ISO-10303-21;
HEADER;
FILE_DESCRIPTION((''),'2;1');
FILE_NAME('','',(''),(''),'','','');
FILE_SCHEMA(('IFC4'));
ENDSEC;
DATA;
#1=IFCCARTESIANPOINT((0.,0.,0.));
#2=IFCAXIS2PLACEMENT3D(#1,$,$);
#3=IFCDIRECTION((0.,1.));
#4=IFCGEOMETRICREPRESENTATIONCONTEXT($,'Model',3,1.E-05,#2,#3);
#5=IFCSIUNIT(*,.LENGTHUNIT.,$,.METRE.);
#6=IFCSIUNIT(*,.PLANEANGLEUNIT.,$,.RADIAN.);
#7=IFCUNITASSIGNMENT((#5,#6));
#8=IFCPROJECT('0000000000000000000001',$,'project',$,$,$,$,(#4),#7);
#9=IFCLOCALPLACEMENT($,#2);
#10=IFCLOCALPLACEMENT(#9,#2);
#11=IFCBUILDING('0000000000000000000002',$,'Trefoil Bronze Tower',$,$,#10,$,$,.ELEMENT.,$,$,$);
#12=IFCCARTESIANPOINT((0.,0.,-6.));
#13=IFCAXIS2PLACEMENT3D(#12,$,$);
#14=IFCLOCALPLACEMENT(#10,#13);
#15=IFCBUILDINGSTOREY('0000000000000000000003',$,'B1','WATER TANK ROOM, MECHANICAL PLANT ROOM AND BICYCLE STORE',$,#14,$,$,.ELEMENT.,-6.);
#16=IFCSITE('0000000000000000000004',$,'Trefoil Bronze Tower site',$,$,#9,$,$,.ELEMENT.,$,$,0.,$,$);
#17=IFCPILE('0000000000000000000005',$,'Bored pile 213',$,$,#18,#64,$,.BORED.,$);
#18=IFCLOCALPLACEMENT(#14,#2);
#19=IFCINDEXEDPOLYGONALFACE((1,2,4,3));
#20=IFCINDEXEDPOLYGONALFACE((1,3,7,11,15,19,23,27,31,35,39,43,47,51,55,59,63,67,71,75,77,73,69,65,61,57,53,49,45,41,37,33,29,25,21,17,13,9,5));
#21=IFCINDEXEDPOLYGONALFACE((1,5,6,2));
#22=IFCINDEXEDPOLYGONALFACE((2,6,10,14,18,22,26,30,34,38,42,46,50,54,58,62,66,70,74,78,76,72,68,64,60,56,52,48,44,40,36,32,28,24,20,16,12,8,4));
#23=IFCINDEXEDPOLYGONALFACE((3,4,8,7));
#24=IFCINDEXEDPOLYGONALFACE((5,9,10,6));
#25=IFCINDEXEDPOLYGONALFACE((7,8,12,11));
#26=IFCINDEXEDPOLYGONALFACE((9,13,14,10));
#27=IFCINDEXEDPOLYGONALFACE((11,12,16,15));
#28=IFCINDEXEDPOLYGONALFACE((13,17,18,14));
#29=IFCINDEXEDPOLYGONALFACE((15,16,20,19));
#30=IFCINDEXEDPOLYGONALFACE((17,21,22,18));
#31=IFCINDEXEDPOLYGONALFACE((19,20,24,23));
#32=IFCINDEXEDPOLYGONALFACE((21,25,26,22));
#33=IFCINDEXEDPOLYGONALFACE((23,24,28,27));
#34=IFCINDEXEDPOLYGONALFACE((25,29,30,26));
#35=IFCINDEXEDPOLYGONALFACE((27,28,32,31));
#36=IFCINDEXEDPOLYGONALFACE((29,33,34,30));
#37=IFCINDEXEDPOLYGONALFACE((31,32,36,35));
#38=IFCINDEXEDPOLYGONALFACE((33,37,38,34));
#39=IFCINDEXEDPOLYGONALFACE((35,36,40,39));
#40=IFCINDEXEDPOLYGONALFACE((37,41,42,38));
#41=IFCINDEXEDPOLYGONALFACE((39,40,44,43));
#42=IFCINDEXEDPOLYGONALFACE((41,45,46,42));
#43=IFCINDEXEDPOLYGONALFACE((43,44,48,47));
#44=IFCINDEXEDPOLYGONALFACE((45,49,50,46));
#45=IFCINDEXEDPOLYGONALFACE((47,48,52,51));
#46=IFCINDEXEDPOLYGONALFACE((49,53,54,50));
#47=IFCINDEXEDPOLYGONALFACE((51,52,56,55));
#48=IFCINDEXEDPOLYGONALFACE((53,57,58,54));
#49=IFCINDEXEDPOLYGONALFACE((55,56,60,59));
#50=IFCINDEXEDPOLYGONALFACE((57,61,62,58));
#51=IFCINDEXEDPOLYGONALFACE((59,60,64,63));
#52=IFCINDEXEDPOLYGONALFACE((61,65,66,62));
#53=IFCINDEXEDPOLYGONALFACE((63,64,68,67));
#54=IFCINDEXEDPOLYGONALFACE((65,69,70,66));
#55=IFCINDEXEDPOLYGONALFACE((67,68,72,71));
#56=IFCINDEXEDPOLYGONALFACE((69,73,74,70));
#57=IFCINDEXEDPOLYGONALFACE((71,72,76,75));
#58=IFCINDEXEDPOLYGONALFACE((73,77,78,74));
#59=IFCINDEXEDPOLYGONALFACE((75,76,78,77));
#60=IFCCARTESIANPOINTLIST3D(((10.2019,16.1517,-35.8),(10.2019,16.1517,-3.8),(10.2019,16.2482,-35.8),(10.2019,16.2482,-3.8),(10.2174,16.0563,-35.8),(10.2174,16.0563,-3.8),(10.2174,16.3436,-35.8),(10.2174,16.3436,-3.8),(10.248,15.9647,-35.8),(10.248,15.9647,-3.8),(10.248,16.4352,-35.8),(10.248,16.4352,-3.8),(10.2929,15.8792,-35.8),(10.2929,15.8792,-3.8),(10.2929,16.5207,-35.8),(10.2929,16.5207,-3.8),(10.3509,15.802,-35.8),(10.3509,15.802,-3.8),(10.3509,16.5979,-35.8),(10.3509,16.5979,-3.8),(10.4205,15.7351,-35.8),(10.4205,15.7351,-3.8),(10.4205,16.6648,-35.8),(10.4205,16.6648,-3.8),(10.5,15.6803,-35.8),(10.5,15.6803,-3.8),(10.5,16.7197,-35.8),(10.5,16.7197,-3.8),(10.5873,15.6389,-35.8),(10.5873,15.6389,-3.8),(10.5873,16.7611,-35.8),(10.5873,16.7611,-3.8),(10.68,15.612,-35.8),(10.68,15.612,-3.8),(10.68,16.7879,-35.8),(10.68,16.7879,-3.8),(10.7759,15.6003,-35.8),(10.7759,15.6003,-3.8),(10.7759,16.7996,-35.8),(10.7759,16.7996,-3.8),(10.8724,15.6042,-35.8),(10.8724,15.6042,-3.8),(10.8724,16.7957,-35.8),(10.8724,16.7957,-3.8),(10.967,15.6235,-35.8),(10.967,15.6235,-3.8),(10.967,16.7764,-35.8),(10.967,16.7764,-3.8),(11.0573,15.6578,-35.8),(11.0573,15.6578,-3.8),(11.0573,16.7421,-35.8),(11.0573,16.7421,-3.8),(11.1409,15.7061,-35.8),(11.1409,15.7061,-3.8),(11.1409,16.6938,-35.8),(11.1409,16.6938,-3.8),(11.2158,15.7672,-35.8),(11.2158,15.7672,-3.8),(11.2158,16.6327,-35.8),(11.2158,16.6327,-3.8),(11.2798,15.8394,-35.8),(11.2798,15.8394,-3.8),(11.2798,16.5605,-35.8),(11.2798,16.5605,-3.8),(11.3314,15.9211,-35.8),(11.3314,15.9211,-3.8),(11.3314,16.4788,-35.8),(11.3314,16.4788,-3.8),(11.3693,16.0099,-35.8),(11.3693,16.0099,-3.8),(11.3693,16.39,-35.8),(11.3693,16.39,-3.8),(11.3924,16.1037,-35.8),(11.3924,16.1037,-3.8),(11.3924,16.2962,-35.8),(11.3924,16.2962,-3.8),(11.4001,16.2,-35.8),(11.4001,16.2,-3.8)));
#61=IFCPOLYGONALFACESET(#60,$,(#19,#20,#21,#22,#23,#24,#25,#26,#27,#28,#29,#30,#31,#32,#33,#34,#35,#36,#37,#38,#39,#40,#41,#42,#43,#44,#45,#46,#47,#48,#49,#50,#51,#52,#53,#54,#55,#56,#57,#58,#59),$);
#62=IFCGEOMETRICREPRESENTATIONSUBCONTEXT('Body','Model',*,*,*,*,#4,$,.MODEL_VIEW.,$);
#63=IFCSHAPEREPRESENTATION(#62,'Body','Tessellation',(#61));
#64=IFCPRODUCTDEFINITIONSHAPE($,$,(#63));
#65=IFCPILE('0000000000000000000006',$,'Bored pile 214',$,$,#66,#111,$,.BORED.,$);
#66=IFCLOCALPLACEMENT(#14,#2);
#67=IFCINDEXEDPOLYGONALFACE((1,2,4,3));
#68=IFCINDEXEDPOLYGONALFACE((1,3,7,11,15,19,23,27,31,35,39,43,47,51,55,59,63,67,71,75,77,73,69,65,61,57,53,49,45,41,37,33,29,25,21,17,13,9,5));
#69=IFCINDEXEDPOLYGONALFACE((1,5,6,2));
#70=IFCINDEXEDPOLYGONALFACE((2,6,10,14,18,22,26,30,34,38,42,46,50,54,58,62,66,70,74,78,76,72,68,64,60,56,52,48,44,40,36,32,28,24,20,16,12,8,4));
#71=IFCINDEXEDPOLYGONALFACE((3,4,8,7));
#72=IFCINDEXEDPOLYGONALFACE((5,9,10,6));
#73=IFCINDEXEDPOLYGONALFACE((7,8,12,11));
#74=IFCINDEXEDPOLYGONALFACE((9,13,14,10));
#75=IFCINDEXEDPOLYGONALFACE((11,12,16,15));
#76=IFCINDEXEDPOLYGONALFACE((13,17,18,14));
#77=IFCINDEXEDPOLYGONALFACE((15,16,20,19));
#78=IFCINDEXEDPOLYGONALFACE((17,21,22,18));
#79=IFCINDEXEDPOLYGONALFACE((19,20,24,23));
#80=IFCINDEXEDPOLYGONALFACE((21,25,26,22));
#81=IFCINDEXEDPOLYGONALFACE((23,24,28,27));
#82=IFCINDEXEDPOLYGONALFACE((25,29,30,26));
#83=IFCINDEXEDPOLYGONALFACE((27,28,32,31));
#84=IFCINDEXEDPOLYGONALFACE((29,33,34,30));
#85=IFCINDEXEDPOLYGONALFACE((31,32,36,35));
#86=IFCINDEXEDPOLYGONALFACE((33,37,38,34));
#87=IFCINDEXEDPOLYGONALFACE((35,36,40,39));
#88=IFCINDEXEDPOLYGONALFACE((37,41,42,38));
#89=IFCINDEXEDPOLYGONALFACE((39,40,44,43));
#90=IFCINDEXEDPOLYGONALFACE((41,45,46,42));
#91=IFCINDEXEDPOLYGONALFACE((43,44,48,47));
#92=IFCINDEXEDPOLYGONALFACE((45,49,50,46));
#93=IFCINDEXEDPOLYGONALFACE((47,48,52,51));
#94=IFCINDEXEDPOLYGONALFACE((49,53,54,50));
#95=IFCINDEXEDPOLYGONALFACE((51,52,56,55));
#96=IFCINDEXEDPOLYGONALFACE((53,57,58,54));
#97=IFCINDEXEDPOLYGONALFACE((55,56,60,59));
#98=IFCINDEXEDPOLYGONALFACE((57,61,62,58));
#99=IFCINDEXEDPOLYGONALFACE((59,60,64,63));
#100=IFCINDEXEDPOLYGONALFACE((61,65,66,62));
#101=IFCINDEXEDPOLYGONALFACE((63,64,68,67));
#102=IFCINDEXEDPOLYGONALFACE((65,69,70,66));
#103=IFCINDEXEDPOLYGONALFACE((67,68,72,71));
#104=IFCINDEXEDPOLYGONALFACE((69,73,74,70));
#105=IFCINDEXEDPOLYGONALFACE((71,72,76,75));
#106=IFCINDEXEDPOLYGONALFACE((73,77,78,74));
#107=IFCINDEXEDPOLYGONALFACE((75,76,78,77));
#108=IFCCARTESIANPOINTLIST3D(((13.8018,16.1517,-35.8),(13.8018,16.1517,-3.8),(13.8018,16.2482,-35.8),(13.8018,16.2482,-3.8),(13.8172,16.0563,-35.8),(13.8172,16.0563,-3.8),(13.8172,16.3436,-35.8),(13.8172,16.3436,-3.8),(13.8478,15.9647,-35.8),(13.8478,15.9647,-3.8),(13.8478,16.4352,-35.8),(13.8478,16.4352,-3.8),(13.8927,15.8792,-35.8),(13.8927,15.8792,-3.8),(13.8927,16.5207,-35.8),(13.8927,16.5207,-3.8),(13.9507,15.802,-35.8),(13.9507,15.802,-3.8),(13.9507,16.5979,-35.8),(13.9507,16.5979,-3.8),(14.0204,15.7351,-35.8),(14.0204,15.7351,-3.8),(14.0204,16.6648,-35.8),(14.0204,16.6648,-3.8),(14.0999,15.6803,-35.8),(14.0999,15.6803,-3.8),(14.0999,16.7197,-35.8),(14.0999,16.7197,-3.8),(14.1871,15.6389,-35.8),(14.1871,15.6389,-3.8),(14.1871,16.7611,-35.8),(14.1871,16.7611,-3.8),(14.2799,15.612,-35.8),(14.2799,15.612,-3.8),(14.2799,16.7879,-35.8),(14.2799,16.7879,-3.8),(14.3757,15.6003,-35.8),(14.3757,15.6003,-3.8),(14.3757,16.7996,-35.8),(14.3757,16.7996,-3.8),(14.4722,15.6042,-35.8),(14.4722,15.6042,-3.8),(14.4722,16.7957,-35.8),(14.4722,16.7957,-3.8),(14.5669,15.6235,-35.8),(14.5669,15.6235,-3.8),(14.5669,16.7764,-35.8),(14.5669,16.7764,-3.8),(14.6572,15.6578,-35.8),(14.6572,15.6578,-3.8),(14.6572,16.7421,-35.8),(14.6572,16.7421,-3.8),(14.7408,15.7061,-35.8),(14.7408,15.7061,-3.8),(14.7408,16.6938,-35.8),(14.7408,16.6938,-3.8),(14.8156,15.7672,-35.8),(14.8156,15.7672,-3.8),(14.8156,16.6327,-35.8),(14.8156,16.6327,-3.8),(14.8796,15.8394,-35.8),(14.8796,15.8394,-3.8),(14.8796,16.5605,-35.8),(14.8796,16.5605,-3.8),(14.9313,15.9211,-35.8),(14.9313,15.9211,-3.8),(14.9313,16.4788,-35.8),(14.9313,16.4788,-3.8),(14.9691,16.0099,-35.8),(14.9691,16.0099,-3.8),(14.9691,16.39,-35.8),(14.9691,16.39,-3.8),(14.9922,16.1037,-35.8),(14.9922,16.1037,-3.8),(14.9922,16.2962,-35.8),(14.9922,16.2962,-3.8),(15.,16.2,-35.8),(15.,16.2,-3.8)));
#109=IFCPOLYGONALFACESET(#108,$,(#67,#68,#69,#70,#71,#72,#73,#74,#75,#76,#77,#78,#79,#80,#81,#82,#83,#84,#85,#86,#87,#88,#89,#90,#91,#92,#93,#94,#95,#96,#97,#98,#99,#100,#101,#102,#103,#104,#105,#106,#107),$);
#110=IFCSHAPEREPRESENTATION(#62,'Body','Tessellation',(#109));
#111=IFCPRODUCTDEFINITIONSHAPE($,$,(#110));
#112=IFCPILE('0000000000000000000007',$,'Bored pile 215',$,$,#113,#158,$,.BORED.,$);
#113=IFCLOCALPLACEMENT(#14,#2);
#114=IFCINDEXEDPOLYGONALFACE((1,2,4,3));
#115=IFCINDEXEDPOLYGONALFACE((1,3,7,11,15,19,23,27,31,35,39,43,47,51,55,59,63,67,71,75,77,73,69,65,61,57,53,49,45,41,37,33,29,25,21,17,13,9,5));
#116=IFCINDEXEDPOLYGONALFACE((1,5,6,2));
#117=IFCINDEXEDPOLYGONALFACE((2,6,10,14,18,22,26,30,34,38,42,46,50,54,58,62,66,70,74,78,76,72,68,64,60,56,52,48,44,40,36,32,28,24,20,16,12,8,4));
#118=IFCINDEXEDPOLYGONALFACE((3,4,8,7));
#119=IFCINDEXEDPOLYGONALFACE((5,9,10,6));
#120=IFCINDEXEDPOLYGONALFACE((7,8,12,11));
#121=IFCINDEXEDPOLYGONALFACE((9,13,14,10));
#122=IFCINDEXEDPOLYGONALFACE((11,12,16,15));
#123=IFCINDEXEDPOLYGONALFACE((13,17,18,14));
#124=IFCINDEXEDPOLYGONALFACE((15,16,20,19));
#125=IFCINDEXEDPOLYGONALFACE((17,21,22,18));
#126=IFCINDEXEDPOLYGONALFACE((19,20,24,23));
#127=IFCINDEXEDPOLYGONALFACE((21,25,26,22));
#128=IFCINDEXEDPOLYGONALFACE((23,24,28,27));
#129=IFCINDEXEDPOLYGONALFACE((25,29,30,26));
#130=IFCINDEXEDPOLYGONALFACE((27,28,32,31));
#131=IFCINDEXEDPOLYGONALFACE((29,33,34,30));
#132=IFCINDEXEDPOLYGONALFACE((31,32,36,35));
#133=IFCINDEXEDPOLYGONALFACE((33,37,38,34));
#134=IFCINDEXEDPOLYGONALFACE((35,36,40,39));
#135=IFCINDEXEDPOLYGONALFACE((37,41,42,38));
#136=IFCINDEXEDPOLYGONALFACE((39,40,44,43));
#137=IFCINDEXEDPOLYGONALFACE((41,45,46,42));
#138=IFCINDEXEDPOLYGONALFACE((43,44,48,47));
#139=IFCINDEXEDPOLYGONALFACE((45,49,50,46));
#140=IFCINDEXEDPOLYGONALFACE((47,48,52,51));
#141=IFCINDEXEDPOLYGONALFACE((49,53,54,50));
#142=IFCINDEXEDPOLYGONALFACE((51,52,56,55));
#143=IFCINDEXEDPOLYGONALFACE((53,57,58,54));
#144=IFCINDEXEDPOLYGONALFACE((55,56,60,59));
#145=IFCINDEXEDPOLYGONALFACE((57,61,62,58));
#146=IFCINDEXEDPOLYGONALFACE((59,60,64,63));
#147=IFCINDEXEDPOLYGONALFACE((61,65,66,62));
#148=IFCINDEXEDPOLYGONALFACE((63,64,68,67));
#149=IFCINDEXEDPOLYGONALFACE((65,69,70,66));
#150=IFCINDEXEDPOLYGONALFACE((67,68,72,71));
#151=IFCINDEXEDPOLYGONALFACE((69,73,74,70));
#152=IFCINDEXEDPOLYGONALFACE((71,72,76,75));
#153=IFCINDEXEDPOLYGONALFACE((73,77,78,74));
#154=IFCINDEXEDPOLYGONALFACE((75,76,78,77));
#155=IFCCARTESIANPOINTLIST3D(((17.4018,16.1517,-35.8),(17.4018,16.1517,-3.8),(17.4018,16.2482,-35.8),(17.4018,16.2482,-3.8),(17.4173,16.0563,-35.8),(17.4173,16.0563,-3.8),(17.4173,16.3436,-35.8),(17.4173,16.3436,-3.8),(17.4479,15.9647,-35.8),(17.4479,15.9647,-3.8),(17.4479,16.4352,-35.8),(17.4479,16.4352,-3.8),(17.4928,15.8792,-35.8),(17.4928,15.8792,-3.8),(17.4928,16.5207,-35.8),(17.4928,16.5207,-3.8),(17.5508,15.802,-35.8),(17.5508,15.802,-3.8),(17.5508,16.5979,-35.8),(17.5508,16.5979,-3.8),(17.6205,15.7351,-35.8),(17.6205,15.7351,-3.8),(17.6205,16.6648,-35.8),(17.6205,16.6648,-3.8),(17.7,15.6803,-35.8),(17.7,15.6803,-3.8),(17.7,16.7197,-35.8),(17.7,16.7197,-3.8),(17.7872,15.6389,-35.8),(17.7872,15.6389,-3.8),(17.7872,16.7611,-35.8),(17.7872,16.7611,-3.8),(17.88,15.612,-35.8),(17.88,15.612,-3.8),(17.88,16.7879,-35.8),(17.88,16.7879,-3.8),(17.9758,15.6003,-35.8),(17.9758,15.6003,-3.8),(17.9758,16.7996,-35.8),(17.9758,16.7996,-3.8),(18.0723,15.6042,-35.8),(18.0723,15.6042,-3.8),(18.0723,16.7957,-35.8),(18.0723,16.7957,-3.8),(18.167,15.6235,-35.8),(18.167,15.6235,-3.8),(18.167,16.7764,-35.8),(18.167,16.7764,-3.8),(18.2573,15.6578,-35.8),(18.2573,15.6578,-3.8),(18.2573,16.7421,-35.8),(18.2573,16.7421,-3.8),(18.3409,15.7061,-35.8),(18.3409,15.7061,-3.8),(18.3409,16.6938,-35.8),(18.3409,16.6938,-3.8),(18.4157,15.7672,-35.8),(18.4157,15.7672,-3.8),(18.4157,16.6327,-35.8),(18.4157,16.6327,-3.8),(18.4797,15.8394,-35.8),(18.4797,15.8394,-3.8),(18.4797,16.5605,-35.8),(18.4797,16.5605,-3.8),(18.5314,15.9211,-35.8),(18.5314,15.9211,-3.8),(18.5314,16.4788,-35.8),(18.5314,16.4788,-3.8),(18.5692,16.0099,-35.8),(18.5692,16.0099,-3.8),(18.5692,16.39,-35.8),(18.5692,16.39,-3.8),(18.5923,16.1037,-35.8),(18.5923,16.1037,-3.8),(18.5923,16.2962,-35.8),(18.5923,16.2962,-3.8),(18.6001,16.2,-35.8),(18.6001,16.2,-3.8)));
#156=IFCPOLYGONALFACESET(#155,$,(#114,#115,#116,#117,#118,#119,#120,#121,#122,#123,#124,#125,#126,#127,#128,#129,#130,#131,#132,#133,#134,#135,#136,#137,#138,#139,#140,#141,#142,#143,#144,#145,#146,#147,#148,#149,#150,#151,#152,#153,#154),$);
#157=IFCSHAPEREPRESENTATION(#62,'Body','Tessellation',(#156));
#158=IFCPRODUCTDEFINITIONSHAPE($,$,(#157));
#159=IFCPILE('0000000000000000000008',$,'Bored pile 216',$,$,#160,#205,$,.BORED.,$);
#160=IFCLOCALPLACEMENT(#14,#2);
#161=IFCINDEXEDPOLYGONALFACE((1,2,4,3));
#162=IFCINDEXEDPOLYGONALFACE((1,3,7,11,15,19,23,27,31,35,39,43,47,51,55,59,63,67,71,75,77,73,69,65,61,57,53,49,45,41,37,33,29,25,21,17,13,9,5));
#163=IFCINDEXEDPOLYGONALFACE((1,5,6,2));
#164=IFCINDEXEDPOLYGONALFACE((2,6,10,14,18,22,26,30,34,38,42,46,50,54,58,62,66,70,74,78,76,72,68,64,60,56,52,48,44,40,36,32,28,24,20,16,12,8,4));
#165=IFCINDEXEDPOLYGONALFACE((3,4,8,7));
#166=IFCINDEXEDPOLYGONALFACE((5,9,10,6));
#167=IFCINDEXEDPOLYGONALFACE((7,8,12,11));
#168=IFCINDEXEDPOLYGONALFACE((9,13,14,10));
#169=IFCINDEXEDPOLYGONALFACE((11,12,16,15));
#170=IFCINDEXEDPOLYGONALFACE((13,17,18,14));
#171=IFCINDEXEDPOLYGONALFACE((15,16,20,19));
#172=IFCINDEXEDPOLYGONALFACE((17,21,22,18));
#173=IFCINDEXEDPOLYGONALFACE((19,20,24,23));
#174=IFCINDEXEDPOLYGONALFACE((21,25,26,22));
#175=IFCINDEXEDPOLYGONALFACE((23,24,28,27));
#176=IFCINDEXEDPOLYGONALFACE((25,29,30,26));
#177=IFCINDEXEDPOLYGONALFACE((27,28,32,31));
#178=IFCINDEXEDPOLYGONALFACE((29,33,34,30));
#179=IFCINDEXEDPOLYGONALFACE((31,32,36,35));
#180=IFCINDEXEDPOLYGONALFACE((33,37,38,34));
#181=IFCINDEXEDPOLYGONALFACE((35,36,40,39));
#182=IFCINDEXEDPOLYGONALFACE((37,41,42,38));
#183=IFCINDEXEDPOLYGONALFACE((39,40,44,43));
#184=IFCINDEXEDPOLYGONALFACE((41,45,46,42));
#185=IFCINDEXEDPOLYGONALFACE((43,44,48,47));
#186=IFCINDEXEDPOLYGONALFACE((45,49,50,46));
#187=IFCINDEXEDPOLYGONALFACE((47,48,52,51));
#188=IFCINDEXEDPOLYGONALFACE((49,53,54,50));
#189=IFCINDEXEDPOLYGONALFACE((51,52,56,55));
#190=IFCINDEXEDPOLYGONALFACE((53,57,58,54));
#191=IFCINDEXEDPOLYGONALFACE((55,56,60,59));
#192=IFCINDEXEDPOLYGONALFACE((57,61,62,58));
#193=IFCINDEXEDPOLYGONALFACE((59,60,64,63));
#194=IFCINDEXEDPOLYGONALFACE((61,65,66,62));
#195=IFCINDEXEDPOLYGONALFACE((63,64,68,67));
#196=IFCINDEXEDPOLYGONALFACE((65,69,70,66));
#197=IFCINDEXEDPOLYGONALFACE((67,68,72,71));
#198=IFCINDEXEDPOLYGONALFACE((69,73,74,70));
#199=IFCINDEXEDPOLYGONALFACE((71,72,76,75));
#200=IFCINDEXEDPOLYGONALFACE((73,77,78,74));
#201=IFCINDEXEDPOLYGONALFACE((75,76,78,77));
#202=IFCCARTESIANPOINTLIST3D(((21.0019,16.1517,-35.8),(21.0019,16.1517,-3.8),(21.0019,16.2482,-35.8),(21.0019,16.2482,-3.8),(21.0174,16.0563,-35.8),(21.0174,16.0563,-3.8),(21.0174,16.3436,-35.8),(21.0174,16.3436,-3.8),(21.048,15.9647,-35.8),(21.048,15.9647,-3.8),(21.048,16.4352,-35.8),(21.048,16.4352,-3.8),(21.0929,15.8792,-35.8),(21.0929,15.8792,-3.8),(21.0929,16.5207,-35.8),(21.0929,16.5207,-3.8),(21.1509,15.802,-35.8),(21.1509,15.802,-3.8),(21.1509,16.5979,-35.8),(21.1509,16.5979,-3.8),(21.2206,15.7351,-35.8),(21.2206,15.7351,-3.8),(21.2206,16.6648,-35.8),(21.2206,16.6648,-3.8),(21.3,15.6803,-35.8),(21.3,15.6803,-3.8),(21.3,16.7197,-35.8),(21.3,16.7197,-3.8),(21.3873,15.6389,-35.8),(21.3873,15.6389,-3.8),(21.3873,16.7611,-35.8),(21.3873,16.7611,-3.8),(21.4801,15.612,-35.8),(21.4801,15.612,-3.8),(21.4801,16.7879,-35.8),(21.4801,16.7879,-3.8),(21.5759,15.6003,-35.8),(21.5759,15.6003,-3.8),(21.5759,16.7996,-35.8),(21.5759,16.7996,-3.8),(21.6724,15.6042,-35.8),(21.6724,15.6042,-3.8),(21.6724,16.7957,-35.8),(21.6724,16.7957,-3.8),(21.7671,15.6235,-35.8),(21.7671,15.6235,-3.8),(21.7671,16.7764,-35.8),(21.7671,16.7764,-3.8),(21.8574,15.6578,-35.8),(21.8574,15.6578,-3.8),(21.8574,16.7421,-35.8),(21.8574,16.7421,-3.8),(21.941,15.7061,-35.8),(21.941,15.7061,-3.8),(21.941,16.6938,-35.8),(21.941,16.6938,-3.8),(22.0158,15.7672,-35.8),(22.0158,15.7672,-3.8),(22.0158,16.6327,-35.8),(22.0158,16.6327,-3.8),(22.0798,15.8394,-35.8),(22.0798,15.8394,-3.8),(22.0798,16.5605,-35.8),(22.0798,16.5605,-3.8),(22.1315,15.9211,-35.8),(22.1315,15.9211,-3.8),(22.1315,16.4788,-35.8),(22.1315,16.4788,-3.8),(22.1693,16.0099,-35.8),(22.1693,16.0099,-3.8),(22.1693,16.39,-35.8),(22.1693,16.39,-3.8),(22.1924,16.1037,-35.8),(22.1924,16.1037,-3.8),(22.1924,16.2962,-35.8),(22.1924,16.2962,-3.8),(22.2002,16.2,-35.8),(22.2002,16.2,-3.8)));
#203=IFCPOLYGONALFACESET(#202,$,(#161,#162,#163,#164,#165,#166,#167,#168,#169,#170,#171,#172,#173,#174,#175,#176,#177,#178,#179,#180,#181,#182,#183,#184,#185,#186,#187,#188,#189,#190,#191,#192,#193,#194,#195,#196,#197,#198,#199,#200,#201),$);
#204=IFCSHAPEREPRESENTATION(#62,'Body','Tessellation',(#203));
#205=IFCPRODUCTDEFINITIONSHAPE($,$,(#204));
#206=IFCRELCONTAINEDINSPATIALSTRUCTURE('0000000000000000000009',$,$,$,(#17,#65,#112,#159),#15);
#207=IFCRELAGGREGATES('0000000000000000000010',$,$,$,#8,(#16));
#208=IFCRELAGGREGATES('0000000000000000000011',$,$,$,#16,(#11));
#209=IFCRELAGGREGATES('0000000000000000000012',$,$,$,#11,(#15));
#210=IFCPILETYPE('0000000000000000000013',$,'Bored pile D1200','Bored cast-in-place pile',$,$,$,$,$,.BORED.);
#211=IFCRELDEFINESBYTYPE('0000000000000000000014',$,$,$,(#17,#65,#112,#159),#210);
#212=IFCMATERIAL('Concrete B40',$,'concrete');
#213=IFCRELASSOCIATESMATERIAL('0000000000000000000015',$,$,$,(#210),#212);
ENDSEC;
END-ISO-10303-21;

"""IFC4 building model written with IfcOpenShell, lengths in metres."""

from ifc_helpers import new_model, si_unit, direction, frame, origin, origin_2d, place, context, subcontext, project, spatial, circle, extrude, material, type_object, element, save


model = new_model("IFC4")

# Units and contexts
model_context = context("Model", 3, precision=1e-05, world=origin(), true_north=direction((0.0, 1.0)))
body_context = subcontext(model_context, "Body", "Model", "MODEL_VIEW")
ifc_project = project(units=[si_unit("LENGTHUNIT", "METRE"), si_unit("PLANEANGLEUNIT", "RADIAN")], contexts=[model_context])

# Site, building, storey
site_placement = place(None, origin())
site = spatial("IfcSite", under=ifc_project, at=site_placement, Name="Trefoil Bronze Tower site", CompositionType="ELEMENT", RefElevation=0.0)
building_placement = place(site_placement, origin())
building = spatial("IfcBuilding", under=site, at=building_placement, Name="Trefoil Bronze Tower", CompositionType="ELEMENT")
storey_placement = place(building_placement, frame((0.0, 0.0, -6.0)))
storey = spatial("IfcBuildingStorey", under=building, at=storey_placement, Name="B1", Description="WATER TANK ROOM, MECHANICAL PLANT ROOM AND BICYCLE STORE", CompositionType="ELEMENT", Elevation=-6.0)

# Piles
ifc_material_1 = material(Name="Concrete B40", Category="concrete")
pile_type = type_object("IfcPileType", Name="Bored pile D1200", Description="Bored cast-in-place pile", PredefinedType="BORED", material=ifc_material_1)
for number, where, z_axis, x_axis, name in (
    (1, (10.8, 16.2, -3.8), (0.0, 0.0, -1.0), (1.0, 0.0, 0.0), "Bored pile 213"),
    (2, (14.3999, 16.2, -3.8), (0.0, 0.0, -1.0), (1.0, 0.0, 0.0), "Bored pile 214"),
    (3, (18.0, 16.2, -3.8), (0.0, 0.0, -1.0), (1.0, 0.0, 0.0), "Bored pile 215"),
    (4, (21.6001, 16.2, -3.8), (0.0, 0.0, -1.0), (1.0, 0.0, 0.0), "Bored pile 216"),
):
    element("IfcPile", number, at=place(storey_placement, frame(where, z_axis=z_axis, x_axis=x_axis)), inside=storey, type_object=pile_type, Name=name, PredefinedType="BORED", context=body_context, shape_type="SweptSolid", body=[
        extrude(circle(Radius=0.6001, at=origin_2d()), origin(), (0.0, 0.0, 1.0), 32.0),
    ])

save(model, "model.ifc")
